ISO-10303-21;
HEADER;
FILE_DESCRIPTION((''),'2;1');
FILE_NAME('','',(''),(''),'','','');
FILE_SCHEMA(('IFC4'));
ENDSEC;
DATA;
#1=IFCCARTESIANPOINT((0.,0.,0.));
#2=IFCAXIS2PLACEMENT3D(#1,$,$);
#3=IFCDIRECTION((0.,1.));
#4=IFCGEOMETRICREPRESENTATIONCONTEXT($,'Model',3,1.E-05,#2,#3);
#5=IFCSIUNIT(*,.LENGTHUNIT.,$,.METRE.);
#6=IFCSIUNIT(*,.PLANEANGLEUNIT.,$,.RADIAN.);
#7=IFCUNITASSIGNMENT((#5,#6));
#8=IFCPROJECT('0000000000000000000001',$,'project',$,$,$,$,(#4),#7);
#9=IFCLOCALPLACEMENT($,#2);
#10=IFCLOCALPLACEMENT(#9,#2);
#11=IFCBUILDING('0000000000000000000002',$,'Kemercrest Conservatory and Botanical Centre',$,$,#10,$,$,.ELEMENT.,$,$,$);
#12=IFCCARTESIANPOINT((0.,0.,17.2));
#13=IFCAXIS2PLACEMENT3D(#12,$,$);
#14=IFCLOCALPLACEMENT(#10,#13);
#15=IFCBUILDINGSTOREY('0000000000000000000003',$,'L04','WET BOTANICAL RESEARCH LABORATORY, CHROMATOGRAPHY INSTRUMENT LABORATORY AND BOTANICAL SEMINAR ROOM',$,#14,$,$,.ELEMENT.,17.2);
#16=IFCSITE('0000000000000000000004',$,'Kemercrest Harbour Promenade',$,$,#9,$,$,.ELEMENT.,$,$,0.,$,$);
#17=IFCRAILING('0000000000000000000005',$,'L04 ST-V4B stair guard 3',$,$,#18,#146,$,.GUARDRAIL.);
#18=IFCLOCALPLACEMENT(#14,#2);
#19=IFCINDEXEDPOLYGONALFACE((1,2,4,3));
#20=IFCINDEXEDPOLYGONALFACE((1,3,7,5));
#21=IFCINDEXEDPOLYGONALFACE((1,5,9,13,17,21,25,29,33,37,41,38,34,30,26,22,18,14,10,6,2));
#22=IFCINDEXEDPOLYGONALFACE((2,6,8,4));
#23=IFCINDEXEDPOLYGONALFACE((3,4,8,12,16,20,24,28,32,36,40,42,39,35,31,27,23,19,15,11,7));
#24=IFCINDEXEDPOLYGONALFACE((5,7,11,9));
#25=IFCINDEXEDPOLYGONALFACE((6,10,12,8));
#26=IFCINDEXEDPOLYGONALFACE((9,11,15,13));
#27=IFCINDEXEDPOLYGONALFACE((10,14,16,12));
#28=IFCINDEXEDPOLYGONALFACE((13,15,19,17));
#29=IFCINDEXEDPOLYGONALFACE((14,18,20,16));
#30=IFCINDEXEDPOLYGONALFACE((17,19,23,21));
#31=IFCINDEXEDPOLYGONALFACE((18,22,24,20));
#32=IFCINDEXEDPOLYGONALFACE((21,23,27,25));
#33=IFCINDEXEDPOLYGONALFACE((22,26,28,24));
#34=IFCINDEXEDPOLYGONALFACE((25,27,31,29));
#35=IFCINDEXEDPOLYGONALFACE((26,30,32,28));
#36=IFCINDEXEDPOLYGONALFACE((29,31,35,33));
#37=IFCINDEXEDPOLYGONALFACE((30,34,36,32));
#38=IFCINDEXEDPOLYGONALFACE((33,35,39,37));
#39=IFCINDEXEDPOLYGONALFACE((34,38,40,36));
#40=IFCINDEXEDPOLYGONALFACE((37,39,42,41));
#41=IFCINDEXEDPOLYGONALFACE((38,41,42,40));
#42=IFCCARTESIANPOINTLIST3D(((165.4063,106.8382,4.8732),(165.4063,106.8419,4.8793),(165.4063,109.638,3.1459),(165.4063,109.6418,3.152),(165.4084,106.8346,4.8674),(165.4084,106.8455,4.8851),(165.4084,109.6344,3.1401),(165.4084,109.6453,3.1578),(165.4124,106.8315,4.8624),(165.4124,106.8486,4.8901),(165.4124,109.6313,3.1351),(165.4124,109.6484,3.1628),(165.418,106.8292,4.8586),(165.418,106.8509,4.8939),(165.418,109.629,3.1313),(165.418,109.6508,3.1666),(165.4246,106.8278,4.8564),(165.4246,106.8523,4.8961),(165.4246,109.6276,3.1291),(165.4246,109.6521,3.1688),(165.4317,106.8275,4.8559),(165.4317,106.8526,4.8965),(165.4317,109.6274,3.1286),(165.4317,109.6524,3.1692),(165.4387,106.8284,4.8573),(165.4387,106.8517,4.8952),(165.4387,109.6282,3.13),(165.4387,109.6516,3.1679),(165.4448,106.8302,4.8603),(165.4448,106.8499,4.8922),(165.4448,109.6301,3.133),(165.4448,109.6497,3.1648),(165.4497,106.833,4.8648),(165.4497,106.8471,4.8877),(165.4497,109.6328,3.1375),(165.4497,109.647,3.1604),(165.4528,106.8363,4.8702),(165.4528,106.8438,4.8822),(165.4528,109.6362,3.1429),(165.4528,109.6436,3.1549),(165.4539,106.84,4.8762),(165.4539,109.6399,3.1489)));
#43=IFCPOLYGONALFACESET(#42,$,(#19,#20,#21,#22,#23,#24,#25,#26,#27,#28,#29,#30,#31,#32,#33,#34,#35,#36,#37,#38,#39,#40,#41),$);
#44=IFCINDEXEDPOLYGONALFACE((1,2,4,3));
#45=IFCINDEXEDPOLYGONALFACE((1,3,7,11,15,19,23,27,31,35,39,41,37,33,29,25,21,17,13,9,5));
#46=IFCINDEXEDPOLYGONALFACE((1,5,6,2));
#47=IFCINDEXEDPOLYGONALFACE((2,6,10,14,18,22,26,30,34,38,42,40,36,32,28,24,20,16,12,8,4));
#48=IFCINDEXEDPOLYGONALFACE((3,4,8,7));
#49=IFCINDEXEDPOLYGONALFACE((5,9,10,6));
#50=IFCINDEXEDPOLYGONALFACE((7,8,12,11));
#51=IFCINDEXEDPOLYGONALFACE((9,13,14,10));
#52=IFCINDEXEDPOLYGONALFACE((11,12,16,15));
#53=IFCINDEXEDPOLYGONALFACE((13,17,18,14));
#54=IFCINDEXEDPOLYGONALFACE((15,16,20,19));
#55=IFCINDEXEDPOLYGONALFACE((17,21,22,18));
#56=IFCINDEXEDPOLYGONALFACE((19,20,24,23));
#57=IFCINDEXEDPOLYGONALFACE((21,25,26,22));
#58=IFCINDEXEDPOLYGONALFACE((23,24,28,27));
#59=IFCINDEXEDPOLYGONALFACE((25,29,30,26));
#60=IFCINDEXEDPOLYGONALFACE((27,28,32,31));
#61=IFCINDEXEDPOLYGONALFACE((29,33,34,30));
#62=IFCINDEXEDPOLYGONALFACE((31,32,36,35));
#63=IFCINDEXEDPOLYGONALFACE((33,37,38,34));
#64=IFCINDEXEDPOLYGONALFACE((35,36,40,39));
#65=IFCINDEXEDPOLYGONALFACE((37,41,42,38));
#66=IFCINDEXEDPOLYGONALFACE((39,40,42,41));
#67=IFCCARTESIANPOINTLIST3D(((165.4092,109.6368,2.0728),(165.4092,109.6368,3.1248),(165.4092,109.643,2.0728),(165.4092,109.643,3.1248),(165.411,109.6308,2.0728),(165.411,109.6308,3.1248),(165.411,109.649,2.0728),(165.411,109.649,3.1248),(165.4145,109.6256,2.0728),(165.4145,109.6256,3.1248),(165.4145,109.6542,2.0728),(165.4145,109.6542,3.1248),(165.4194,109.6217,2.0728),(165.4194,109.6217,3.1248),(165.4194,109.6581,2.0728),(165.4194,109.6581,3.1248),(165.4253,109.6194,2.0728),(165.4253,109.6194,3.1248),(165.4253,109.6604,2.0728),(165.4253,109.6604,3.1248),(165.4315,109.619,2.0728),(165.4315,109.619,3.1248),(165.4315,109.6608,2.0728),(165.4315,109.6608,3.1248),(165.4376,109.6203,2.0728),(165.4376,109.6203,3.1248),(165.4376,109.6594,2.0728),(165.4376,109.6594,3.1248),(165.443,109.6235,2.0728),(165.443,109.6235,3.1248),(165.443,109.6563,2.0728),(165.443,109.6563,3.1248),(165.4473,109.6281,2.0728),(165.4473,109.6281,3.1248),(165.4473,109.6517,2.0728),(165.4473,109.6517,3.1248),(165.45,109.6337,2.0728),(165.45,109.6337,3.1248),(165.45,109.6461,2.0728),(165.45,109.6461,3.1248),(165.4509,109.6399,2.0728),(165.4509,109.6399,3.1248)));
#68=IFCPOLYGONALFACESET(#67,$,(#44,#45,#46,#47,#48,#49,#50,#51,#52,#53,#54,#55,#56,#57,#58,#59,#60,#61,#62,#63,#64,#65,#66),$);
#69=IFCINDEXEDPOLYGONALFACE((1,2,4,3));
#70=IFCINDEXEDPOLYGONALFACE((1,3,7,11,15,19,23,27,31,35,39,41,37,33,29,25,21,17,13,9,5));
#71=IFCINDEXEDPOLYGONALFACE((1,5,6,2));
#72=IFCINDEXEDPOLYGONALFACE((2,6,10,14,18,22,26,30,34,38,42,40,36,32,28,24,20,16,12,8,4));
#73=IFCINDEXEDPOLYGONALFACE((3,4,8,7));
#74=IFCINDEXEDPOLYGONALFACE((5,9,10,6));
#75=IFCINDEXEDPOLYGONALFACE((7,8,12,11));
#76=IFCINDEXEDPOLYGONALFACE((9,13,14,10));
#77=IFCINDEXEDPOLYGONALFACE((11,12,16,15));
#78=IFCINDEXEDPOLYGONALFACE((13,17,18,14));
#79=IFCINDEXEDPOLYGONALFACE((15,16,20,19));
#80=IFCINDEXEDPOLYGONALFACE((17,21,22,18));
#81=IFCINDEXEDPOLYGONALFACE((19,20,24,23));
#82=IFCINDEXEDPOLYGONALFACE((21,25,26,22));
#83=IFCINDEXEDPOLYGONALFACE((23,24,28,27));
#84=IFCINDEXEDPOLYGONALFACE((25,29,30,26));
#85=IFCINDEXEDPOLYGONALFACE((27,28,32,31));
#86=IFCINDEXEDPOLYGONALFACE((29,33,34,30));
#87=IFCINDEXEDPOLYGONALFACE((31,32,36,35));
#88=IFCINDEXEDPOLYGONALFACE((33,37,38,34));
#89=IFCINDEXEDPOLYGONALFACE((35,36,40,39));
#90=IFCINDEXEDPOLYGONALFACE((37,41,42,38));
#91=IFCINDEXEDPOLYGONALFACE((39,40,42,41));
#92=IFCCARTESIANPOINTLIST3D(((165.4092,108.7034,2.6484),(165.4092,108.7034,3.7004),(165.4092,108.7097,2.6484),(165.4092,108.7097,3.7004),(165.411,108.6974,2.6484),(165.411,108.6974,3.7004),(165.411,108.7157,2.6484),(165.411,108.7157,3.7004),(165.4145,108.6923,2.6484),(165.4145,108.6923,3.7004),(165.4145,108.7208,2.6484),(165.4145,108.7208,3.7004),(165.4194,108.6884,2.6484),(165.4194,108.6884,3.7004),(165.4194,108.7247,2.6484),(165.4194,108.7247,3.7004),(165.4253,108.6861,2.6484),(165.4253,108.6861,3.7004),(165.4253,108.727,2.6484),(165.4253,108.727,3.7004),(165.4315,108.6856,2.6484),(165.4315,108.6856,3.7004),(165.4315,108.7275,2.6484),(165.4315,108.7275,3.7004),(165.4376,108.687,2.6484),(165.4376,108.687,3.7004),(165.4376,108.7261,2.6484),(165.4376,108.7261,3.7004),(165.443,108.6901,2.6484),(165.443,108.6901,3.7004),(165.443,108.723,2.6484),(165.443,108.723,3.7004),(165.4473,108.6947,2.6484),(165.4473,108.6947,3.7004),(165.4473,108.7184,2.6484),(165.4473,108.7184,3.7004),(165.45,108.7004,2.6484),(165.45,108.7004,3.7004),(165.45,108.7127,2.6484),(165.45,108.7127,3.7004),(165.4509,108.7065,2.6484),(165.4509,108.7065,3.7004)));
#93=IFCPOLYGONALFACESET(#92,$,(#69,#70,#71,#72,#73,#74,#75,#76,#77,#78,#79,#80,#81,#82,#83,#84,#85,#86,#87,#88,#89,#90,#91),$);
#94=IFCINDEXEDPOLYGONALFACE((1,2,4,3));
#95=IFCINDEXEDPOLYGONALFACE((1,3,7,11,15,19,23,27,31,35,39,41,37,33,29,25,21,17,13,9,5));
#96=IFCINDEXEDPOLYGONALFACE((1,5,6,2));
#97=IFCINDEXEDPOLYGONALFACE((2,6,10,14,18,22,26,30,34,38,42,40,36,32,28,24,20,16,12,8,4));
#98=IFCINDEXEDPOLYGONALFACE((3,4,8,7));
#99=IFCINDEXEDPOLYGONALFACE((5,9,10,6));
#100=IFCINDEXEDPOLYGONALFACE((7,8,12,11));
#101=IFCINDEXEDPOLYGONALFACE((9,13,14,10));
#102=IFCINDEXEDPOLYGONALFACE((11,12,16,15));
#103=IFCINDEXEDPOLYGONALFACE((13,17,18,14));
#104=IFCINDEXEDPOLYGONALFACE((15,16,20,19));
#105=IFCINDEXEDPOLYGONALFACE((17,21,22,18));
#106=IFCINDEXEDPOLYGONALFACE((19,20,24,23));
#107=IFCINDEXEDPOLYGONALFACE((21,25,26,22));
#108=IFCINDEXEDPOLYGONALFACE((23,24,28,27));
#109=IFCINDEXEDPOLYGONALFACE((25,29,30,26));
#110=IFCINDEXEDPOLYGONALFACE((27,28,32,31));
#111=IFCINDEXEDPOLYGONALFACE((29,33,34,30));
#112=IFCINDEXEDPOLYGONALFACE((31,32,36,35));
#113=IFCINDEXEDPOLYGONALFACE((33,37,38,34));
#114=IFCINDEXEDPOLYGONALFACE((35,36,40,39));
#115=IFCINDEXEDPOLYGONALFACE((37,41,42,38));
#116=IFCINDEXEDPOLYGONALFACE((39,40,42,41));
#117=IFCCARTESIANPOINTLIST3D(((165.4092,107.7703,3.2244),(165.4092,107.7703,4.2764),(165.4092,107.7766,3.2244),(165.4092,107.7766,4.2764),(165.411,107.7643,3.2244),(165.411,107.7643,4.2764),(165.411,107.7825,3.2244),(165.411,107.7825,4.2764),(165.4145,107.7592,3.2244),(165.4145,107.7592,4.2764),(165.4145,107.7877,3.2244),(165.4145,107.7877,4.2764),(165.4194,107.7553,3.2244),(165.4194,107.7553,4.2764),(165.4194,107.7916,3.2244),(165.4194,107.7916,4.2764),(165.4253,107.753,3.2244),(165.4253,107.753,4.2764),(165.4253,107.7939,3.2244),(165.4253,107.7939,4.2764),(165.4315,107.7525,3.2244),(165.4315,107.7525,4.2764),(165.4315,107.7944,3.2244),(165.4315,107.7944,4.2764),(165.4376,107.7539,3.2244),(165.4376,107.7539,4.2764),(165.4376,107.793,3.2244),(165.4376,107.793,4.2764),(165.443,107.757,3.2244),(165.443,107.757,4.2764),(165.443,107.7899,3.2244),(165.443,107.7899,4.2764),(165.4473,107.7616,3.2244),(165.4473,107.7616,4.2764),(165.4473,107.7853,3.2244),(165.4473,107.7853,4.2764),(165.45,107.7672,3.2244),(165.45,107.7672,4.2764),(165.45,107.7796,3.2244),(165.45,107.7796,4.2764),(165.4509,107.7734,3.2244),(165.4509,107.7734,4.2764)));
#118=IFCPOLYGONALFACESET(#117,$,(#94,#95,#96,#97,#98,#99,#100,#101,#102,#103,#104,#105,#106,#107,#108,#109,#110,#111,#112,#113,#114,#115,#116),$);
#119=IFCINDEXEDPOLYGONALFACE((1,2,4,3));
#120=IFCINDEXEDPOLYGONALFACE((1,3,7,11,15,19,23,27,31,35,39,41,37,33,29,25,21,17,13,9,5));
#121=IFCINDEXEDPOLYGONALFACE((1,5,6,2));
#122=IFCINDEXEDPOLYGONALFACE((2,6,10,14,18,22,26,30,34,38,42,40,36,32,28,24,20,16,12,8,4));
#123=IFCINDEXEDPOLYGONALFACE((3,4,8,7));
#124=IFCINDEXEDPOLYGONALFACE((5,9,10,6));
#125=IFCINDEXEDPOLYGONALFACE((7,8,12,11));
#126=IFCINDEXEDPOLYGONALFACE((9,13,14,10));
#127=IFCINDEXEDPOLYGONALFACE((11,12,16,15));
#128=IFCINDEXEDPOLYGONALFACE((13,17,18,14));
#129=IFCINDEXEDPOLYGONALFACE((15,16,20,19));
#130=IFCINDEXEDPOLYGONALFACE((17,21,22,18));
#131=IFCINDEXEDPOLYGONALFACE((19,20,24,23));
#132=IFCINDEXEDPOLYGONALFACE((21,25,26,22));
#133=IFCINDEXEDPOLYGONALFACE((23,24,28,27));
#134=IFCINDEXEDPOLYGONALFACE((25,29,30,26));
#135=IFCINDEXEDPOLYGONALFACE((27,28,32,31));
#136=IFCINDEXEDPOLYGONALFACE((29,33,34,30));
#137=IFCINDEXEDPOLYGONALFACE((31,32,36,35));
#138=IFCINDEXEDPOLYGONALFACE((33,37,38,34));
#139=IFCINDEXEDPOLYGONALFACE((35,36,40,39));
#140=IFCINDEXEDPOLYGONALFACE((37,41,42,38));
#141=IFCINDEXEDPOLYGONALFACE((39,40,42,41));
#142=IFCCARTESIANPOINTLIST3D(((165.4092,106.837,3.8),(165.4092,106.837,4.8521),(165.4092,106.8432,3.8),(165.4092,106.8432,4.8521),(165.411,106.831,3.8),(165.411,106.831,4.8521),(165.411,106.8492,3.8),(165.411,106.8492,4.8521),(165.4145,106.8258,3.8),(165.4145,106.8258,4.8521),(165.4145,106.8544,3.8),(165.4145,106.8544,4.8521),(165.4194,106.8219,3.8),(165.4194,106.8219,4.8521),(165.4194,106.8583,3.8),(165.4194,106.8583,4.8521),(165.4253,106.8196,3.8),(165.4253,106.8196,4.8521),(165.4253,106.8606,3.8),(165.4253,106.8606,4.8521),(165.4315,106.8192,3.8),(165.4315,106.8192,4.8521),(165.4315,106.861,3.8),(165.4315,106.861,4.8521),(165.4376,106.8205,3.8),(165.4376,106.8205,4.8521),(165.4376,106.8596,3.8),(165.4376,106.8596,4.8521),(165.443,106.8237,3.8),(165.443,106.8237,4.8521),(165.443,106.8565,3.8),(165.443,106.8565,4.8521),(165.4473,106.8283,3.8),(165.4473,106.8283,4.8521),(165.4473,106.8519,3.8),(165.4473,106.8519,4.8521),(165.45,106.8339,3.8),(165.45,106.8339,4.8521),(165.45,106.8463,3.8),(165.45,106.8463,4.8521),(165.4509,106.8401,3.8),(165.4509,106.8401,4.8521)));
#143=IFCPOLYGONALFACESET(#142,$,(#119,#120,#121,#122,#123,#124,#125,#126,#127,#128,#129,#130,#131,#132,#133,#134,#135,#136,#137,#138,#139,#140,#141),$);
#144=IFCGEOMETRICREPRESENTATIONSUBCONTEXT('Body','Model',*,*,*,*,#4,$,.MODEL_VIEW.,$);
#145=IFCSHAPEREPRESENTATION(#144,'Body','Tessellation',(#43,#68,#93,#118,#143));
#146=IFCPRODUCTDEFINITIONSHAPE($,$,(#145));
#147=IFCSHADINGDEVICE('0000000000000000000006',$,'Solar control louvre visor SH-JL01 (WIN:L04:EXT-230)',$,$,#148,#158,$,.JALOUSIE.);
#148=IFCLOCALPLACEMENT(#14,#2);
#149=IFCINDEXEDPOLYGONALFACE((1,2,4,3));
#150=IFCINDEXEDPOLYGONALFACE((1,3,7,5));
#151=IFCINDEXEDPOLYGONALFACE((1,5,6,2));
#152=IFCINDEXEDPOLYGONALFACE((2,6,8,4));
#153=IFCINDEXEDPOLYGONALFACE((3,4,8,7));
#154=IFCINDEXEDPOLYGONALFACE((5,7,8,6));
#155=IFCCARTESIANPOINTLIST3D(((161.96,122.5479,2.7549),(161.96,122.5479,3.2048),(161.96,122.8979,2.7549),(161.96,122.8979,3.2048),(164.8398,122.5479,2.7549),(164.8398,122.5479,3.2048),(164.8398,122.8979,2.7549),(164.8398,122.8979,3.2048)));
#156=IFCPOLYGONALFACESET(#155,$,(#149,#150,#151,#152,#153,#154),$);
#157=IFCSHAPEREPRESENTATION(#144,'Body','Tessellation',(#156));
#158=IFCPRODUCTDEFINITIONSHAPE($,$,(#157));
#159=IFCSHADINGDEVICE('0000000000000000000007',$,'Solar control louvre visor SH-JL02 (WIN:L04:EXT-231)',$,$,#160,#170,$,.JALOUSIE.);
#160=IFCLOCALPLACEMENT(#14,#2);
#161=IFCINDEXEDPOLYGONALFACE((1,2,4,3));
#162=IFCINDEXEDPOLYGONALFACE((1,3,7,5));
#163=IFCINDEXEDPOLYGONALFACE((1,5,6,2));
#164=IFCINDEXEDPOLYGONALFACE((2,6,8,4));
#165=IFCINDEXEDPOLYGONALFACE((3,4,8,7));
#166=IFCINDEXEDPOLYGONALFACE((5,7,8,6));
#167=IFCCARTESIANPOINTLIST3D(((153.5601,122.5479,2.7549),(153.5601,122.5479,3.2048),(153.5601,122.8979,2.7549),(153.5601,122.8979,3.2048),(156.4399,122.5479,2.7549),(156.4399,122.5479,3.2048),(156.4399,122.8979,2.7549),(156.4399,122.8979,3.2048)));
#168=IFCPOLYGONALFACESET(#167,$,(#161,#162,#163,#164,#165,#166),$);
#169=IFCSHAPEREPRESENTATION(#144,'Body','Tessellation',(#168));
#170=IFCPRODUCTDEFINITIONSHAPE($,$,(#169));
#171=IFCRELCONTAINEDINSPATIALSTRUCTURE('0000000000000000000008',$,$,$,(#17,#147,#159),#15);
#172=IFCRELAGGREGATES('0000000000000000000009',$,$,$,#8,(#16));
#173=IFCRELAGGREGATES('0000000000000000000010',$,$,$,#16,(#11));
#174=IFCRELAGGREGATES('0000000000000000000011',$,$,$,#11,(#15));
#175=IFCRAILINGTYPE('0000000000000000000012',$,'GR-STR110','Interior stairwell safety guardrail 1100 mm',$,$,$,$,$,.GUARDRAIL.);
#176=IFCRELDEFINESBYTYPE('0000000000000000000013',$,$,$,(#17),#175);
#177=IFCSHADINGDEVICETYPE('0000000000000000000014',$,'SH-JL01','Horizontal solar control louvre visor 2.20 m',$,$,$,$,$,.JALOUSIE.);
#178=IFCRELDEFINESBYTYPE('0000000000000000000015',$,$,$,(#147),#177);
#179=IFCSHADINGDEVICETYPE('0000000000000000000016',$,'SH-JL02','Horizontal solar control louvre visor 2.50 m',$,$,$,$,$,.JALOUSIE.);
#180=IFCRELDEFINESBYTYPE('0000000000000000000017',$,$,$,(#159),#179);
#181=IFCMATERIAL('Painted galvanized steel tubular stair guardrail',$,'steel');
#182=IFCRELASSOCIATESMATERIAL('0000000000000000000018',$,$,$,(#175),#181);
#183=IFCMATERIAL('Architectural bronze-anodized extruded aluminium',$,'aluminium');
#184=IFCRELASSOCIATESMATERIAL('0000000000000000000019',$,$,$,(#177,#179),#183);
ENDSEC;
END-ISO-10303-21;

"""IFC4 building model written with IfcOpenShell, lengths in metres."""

from ifc_helpers import new_model, si_unit, direction, frame, origin, origin_2d, place, context, subcontext, project, spatial, rectangle, circle, extrude, material, type_object, element, save


model = new_model("IFC4")

# Units and contexts
model_context = context("Model", 3, precision=1e-05, world=origin(), true_north=direction((0.0, 1.0)))
body_context = subcontext(model_context, "Body", "Model", "MODEL_VIEW")
ifc_project = project(units=[si_unit("LENGTHUNIT", "METRE"), si_unit("PLANEANGLEUNIT", "RADIAN")], contexts=[model_context])

# Site, building, storey
site_placement = place(None, origin())
site = spatial("IfcSite", under=ifc_project, at=site_placement, Name="Kemercrest Harbour Promenade", CompositionType="ELEMENT", RefElevation=0.0)
building_placement = place(site_placement, origin())
building = spatial("IfcBuilding", under=site, at=building_placement, Name="Kemercrest Conservatory and Botanical Centre", CompositionType="ELEMENT")
storey_placement = place(building_placement, frame((0.0, 0.0, 17.2)))
storey = spatial("IfcBuildingStorey", under=building, at=storey_placement, Name="L04", Description="WET BOTANICAL RESEARCH LABORATORY, CHROMATOGRAPHY INSTRUMENT LABORATORY AND BOTANICAL SEMINAR ROOM", CompositionType="ELEMENT", Elevation=17.2)

# Railing
ifc_material_1 = material(Name="Painted galvanized steel tubular stair guardrail", Category="steel")
railing_type = type_object("IfcRailingType", Name="GR-STR110", Description="Interior stairwell safety guardrail 1100 mm", PredefinedType="GUARDRAIL", material=ifc_material_1)
railing_placement = place(storey_placement, frame((165.4299, 109.6399, 2.0728)))
element("IfcRailing", 1, at=railing_placement, inside=storey, type_object=railing_type, Name="L04 ST-V4B stair guard 3", PredefinedType="GUARDRAIL", context=body_context, shape_type="SweptSolid", body=[
    extrude(circle(Radius=0.0239, at=origin_2d()), frame((0.0, 0.0, 1.0762), z_axis=(0.0, -0.851069, 0.525054), x_axis=(1.0, 0.0, 0.0)), (0.0, 0.0, 1.0), 3.2898),
    extrude(circle(Radius=0.021, at=origin_2d()), origin(), (0.0, 0.0, 1.0), 1.052),
    extrude(circle(Radius=0.021, at=origin_2d()), frame((0.0, -0.9333, 0.5757)), (0.0, 0.0, 1.0), 1.052),
    extrude(circle(Radius=0.021, at=origin_2d()), frame((0.0, -1.8665, 1.1516)), (0.0, 0.0, 1.0), 1.052),
    extrude(circle(Radius=0.021, at=origin_2d()), frame((0.0, -2.7998, 1.7273)), (0.0, 0.0, 1.0), 1.052),
])

# Shading devices
ifc_material_2 = material(Name="Architectural bronze-anodized extruded aluminium", Category="aluminium")
shading_device_type_1 = type_object("IfcShadingDeviceType", Name="SH-JL01", Description="Horizontal solar control louvre visor 2.20 m", PredefinedType="JALOUSIE", material=ifc_material_2)
shading_device_1_placement = place(storey_placement, frame((163.3999, 122.7229, 2.7549), z_axis=(0.0, 0.0, 1.0), x_axis=(-1.0, 0.0, 0.0)))
element("IfcShadingDevice", 2, at=shading_device_1_placement, inside=storey, type_object=shading_device_type_1, Name="Solar control louvre visor SH-JL01 (WIN:L04:EXT-230)", PredefinedType="JALOUSIE", context=body_context, shape_type="SweptSolid", body=[
    extrude(rectangle(XDim=2.8799, YDim=0.3501, at=origin_2d()), origin(), (0.0, 0.0, 1.0), 0.45),
])
shading_device_type_2 = type_object("IfcShadingDeviceType", Name="SH-JL02", Description="Horizontal solar control louvre visor 2.50 m", PredefinedType="JALOUSIE", material=ifc_material_2)
shading_device_2_placement = place(storey_placement, frame((155.0, 122.7229, 2.7549), z_axis=(0.0, 0.0, 1.0), x_axis=(-1.0, 0.0, 0.0)))
element("IfcShadingDevice", 3, at=shading_device_2_placement, inside=storey, type_object=shading_device_type_2, Name="Solar control louvre visor SH-JL02 (WIN:L04:EXT-231)", PredefinedType="JALOUSIE", context=body_context, shape_type="SweptSolid", body=[
    extrude(rectangle(XDim=2.8799, YDim=0.3501, at=origin_2d()), origin(), (0.0, 0.0, 1.0), 0.45),
])

save(model, "model.ifc")
